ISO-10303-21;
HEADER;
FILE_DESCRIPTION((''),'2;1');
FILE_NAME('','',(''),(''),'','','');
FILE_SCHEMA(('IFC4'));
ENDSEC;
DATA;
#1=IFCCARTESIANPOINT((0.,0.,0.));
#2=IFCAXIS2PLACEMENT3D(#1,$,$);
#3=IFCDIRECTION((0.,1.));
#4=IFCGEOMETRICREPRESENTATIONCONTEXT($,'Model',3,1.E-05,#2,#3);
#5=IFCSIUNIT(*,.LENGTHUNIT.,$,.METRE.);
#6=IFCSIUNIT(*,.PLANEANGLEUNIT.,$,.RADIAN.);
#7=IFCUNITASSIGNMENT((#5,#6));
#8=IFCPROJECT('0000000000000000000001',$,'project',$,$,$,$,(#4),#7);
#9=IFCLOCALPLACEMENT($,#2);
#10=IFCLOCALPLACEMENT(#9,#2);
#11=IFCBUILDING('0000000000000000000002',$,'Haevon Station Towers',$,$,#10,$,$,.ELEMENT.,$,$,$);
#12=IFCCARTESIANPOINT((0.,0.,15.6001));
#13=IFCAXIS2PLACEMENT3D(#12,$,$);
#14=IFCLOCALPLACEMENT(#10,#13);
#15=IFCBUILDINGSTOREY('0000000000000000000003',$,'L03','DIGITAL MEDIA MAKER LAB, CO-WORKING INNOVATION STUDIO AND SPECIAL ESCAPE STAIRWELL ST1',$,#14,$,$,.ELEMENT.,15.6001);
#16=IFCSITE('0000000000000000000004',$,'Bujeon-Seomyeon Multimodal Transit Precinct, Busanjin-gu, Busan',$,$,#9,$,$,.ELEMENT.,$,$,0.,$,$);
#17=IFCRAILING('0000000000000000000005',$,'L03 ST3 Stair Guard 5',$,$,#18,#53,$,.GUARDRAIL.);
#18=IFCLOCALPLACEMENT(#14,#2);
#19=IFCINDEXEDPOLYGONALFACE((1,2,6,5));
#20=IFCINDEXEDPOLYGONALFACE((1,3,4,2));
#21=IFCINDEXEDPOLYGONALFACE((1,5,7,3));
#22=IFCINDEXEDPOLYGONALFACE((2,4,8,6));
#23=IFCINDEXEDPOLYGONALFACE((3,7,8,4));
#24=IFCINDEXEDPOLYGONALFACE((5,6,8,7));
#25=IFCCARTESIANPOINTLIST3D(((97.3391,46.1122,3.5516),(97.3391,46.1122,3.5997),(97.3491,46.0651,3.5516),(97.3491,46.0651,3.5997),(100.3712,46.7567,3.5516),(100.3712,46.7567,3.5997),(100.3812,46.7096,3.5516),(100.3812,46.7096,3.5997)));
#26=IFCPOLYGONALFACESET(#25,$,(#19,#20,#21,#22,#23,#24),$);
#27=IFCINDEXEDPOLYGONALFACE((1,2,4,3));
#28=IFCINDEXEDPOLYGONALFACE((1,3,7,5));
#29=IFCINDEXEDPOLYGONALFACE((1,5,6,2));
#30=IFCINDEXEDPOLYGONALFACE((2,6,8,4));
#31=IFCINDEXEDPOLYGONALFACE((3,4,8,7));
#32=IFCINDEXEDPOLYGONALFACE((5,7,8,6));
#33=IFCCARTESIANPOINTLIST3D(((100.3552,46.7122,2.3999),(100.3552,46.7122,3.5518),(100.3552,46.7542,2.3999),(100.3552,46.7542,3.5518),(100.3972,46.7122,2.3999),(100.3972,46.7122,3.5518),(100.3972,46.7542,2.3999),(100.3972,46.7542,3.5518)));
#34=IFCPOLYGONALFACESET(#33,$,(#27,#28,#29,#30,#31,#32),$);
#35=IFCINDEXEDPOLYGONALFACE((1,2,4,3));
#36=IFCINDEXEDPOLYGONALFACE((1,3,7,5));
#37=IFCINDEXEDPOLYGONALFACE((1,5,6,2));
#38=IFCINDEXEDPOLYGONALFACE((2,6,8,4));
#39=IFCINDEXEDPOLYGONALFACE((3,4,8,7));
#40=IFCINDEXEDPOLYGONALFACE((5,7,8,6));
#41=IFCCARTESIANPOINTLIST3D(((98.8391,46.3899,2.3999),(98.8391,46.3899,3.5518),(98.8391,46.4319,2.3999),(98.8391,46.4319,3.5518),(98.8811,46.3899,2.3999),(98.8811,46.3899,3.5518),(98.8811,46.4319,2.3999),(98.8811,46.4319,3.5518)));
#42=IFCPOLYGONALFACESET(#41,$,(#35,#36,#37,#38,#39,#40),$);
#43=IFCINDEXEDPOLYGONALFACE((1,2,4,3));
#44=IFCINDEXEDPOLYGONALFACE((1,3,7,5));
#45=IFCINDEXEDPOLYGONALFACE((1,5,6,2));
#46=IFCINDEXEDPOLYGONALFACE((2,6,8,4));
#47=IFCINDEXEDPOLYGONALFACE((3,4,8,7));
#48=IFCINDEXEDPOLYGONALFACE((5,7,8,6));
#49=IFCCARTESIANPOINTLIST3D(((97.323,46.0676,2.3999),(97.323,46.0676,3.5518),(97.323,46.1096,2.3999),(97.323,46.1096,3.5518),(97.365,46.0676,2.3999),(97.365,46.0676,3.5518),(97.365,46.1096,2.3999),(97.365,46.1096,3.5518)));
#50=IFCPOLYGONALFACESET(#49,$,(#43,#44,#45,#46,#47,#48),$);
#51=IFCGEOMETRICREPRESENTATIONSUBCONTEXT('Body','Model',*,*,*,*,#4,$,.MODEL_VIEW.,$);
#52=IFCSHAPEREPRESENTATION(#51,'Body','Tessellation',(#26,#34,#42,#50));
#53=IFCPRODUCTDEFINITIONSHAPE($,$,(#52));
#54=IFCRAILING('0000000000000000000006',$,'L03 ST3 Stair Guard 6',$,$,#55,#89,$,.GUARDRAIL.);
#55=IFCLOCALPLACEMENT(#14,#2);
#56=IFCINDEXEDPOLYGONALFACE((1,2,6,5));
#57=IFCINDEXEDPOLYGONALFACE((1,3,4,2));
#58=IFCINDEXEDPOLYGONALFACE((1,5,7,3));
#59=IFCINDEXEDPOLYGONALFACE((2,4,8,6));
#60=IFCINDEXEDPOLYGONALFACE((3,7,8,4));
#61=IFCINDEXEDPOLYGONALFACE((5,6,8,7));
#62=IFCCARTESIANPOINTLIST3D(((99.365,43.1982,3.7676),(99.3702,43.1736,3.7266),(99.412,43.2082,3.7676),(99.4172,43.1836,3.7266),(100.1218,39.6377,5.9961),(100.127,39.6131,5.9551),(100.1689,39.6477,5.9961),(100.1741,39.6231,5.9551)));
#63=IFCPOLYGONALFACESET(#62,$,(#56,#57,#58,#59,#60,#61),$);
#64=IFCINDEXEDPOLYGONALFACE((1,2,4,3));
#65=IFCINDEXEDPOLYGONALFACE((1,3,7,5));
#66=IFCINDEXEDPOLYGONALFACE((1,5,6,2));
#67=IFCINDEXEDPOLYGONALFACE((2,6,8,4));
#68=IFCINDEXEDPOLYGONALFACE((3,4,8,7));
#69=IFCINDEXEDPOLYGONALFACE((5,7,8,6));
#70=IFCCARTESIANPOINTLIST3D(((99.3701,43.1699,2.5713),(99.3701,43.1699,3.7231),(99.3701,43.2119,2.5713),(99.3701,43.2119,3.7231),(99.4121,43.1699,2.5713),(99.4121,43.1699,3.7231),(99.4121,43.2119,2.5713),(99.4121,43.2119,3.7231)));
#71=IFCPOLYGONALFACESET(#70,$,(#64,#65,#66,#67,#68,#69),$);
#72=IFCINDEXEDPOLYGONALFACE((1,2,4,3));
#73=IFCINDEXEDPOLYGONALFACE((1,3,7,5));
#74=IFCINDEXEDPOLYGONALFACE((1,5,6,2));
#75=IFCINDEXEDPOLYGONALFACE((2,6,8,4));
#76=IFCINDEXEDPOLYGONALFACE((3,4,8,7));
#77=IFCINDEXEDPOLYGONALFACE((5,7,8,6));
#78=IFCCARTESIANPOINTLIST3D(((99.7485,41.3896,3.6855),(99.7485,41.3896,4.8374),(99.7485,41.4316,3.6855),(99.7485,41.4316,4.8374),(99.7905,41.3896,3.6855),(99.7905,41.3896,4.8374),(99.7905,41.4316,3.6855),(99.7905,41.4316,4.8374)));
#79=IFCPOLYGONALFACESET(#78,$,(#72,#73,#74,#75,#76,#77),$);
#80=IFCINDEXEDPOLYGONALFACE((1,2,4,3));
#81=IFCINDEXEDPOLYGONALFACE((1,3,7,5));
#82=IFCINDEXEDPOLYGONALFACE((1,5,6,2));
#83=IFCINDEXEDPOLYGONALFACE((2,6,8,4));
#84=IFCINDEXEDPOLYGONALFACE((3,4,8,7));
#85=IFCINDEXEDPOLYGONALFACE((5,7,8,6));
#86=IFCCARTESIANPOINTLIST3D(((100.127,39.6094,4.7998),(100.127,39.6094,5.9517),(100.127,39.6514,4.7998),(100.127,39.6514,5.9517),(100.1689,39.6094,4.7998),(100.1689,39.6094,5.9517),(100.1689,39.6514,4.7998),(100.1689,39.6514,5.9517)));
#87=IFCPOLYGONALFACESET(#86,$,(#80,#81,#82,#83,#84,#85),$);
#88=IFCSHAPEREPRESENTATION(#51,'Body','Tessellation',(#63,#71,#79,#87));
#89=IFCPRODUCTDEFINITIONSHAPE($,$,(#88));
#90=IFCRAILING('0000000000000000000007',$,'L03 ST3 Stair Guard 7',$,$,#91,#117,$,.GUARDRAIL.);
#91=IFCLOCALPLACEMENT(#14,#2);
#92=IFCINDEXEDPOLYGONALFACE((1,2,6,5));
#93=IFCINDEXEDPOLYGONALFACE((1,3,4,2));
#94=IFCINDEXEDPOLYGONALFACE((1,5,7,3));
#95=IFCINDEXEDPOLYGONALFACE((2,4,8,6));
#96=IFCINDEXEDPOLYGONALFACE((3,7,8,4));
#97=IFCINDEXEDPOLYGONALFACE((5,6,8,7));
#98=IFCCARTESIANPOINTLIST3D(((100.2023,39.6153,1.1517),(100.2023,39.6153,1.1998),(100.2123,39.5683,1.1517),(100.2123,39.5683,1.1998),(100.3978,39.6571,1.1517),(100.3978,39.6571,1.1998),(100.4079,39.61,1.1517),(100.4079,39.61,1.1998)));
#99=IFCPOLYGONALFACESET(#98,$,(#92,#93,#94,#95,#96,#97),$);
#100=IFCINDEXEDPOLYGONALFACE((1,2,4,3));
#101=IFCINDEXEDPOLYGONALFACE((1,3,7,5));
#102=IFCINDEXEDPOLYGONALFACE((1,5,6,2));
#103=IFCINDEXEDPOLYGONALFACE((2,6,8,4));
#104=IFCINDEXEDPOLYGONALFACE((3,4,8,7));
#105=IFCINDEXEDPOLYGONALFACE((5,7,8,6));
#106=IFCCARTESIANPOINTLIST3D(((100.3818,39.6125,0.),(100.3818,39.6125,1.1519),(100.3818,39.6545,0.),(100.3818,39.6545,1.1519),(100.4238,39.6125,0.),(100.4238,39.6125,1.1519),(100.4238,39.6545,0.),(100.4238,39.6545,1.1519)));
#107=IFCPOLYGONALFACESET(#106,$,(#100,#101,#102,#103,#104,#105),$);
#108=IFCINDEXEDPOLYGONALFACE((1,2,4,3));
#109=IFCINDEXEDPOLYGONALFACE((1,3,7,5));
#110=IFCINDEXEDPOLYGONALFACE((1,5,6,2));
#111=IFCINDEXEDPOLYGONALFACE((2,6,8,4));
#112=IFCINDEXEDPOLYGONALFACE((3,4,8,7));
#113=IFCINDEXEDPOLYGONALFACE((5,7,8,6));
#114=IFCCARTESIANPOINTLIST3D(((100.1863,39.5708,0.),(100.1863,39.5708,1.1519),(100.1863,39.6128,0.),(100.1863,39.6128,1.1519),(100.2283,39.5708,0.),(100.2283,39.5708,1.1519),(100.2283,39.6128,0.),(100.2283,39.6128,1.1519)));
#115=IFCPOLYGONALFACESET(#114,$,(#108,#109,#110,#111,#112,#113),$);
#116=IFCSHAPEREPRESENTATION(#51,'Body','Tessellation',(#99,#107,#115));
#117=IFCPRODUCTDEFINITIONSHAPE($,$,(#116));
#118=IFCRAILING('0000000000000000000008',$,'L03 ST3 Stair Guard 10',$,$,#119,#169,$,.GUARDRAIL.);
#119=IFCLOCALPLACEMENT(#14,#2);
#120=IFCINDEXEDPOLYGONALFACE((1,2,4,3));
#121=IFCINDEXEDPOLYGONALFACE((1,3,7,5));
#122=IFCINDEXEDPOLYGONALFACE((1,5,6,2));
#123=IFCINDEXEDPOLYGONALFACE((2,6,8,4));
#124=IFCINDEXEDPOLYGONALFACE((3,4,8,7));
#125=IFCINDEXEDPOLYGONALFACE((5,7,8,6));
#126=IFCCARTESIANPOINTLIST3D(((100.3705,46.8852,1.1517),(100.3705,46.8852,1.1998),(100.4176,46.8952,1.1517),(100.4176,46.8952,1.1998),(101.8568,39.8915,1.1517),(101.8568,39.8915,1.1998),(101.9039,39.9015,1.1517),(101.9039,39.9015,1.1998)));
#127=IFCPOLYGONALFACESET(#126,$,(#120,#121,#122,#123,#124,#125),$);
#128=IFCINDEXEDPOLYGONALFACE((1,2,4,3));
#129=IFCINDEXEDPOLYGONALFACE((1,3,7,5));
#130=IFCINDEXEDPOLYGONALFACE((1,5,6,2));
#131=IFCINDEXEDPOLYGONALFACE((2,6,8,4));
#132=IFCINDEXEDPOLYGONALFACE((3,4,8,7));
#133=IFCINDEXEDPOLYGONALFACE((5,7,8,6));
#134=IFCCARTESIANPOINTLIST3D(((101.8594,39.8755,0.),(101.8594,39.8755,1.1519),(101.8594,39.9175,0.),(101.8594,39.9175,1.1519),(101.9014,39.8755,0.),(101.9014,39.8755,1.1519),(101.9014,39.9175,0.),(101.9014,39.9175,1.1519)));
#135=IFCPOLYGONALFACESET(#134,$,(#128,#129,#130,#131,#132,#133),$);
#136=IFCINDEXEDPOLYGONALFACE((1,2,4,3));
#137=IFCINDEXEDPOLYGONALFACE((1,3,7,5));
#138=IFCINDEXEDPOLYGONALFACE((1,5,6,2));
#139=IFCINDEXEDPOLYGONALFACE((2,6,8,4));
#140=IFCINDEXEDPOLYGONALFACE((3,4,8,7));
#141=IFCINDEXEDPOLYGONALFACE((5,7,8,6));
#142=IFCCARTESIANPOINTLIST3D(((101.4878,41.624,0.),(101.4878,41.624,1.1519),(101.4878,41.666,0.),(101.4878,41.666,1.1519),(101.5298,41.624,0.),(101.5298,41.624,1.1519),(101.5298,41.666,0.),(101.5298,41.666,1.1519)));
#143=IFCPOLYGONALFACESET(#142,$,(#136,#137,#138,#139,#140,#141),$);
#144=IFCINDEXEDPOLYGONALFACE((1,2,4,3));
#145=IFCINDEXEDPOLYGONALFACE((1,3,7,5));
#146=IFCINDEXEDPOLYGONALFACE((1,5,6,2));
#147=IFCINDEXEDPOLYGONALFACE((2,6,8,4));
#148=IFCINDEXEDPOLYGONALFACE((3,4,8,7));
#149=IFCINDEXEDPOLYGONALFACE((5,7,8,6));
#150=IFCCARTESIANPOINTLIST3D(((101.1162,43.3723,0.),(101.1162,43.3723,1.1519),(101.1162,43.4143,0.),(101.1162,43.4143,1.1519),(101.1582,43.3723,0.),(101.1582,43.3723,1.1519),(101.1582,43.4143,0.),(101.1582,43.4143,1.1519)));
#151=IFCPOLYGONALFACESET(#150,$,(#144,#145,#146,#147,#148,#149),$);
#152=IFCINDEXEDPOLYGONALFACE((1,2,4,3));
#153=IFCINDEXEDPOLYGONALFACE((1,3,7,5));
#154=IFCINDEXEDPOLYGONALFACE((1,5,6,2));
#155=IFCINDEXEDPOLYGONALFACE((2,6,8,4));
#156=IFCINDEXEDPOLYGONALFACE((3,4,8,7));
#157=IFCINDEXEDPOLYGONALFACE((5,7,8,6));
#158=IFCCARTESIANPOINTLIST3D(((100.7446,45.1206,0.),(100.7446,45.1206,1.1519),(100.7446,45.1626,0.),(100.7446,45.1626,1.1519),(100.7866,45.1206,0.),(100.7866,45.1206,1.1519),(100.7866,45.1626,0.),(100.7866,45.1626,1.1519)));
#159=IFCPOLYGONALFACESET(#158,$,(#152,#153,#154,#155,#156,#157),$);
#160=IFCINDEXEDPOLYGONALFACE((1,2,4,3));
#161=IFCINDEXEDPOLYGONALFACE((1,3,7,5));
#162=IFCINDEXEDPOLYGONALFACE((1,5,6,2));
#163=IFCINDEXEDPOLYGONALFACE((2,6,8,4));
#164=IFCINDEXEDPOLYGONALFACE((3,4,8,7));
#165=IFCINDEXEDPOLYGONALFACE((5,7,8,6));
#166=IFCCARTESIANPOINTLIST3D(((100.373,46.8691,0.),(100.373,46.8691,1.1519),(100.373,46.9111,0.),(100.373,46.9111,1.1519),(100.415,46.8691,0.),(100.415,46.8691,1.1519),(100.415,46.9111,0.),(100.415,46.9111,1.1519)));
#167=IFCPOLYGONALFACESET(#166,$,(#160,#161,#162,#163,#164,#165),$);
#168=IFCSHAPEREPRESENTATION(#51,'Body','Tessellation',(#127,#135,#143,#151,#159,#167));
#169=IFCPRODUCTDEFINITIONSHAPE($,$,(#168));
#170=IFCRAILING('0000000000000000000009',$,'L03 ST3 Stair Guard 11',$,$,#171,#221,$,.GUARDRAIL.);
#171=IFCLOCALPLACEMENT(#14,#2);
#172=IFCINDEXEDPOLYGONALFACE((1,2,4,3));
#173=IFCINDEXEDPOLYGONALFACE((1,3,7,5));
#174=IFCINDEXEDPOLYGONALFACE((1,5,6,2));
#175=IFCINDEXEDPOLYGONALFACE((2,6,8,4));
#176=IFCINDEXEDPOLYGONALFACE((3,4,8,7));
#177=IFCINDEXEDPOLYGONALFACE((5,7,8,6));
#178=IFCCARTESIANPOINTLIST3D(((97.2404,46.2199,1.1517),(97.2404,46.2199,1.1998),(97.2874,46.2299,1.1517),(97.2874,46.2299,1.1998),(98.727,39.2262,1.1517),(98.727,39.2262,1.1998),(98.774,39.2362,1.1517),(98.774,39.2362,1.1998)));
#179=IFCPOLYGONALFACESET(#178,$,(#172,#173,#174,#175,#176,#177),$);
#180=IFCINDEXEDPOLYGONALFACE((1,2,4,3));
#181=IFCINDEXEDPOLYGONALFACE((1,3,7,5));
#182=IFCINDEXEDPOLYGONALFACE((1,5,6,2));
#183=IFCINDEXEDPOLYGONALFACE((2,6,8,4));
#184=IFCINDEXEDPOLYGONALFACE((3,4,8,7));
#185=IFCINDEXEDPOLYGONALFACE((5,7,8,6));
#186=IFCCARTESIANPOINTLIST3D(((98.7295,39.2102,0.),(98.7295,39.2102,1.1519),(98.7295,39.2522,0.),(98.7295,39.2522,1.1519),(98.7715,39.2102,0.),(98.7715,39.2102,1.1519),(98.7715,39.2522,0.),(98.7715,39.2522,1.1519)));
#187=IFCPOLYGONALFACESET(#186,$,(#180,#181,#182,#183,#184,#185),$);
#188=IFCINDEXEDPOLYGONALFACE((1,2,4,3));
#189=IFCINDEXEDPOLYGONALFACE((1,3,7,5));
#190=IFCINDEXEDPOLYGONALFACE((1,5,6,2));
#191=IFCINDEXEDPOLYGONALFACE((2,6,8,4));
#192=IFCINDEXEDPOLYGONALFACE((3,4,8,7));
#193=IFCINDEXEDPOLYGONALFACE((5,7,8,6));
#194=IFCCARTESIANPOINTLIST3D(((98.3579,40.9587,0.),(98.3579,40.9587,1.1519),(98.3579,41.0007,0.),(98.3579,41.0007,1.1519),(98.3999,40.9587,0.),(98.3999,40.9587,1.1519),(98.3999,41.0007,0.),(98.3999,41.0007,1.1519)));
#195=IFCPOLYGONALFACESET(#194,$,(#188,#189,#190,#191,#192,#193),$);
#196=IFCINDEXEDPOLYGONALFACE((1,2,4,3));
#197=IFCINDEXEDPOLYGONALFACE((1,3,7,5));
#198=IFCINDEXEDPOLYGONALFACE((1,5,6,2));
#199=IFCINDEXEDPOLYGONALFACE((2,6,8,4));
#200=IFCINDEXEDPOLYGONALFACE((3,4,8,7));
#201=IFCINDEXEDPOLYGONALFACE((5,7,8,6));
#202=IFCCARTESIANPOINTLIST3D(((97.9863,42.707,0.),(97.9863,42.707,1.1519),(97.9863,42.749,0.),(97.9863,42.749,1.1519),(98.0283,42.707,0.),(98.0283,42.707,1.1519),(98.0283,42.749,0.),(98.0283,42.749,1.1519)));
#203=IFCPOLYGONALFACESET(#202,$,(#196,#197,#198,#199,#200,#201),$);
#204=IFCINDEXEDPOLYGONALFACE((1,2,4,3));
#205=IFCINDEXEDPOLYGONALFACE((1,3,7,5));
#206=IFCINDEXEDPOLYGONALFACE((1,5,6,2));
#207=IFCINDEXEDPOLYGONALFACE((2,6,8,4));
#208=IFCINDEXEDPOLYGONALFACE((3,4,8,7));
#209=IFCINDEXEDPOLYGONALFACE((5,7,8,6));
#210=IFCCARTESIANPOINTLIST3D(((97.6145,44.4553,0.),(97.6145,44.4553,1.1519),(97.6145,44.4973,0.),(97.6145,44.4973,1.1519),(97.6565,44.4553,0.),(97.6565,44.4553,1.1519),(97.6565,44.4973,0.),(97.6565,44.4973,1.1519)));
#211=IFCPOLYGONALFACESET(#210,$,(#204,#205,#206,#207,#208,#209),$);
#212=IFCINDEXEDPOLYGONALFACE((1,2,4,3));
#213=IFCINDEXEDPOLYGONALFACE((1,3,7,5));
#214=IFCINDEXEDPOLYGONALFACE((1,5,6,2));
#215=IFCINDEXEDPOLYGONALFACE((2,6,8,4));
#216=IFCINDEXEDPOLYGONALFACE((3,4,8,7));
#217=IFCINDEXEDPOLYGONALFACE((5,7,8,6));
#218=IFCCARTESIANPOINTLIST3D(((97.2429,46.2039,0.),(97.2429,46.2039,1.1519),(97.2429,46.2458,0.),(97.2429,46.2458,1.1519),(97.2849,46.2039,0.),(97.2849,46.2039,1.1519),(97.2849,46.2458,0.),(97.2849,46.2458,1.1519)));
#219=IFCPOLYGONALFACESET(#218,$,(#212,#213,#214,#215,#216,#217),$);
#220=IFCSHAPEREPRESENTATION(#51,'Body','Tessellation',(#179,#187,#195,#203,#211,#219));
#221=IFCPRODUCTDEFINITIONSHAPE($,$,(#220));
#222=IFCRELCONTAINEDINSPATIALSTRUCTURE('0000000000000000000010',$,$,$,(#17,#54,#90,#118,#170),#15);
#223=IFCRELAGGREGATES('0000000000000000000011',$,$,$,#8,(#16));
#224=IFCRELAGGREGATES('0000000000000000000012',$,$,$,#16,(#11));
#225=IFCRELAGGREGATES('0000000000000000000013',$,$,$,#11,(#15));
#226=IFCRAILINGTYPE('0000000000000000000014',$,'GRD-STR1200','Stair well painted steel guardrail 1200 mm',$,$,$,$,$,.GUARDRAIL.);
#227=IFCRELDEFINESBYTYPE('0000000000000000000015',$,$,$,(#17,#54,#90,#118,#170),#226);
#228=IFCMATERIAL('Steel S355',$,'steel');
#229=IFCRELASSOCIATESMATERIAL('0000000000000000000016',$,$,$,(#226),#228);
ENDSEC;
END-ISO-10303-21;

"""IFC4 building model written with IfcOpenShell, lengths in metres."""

from ifc_helpers import new_model, si_unit, direction, frame, origin, origin_2d, place, context, subcontext, project, spatial, rectangle, extrude, material, type_object, element, save


model = new_model("IFC4")

# Units and contexts
model_context = context("Model", 3, precision=1e-05, world=origin(), true_north=direction((0.0, 1.0)))
body_context = subcontext(model_context, "Body", "Model", "MODEL_VIEW")
ifc_project = project(units=[si_unit("LENGTHUNIT", "METRE"), si_unit("PLANEANGLEUNIT", "RADIAN")], contexts=[model_context])

# Site, building, storey
site_placement = place(None, origin())
site = spatial("IfcSite", under=ifc_project, at=site_placement, Name="Bujeon-Seomyeon Multimodal Transit Precinct, Busanjin-gu, Busan", CompositionType="ELEMENT", RefElevation=0.0)
building_placement = place(site_placement, origin())
building = spatial("IfcBuilding", under=site, at=building_placement, Name="Haevon Station Towers", CompositionType="ELEMENT")
storey_placement = place(building_placement, frame((0.0, 0.0, 15.6001)))
storey = spatial("IfcBuildingStorey", under=building, at=storey_placement, Name="L03", Description="DIGITAL MEDIA MAKER LAB, CO-WORKING INNOVATION STUDIO AND SPECIAL ESCAPE STAIRWELL ST1", CompositionType="ELEMENT", Elevation=15.6001)

# Shared definitions
ifc_material_1 = material(Name="Steel S355", Category="steel")

# Railings
railing_type_1 = type_object("IfcRailingType", Name="GRD-STR1200", Description="Stair well painted steel guardrail 1200 mm", PredefinedType="GUARDRAIL", material=ifc_material_1)
railing_1_placement = place(storey_placement, frame((100.3762, 46.7332, 2.3999)))
element("IfcRailing", 1, at=railing_1_placement, inside=storey, type_object=railing_type_1, Name="L03 ST3 Stair Guard 5", PredefinedType="GUARDRAIL", context=body_context, shape_type="SweptSolid", body=[
    extrude(rectangle(XDim=0.0481, YDim=0.0481, at=origin_2d()), frame((0.0, 0.0, 1.1758), z_axis=(-0.978147, -0.207915, 0.0), x_axis=(0.207915, -0.978147, 0.0)), (0.0, 0.0, 1.0), 3.0999),
    extrude(rectangle(XDim=0.042, YDim=0.042, at=origin_2d()), origin(), (0.0, 0.0, 1.0), 1.1519),
    extrude(rectangle(XDim=0.042, YDim=0.042, at=origin_2d()), frame((-1.5161, -0.3223, 0.0)), (0.0, 0.0, 1.0), 1.1519),
    extrude(rectangle(XDim=0.042, YDim=0.042, at=origin_2d()), frame((-3.0322, -0.6445, 0.0)), (0.0, 0.0, 1.0), 1.1519),
])
railing_2_placement = place(storey_placement, frame((99.3911, 43.1909, 2.5713)))
element("IfcRailing", 2, at=railing_2_placement, inside=storey, type_object=railing_type_1, Name="L03 ST3 Stair Guard 6", PredefinedType="GUARDRAIL", context=body_context, shape_type="SweptSolid", body=[
    extrude(rectangle(XDim=0.0481, YDim=0.0481, at=origin_2d()), frame((0.0, 0.0, 1.1758), z_axis=(0.177324, -0.834225, 0.522134), x_axis=(0.978147, 0.207917, 0.0)), (0.0, 0.0, 1.0), 4.2681),
    extrude(rectangle(XDim=0.042, YDim=0.042, at=origin_2d()), origin(), (0.0, 0.0, 1.0), 1.1519),
    extrude(rectangle(XDim=0.042, YDim=0.042, at=origin_2d()), frame((0.3784, -1.7803, 1.1143)), (0.0, 0.0, 1.0), 1.1519),
    extrude(rectangle(XDim=0.042, YDim=0.042, at=origin_2d()), frame((0.7568, -3.5605, 2.2285)), (0.0, 0.0, 1.0), 1.1519),
])
railing_3_placement = place(storey_placement, frame((100.4028, 39.6335, 0.0)))
element("IfcRailing", 3, at=railing_3_placement, inside=storey, type_object=railing_type_1, Name="L03 ST3 Stair Guard 7", PredefinedType="GUARDRAIL", context=body_context, shape_type="SweptSolid", body=[
    extrude(rectangle(XDim=0.0481, YDim=0.0481, at=origin_2d()), frame((0.0, 0.0, 1.1758), z_axis=(-0.977963, -0.208779, 0.0), x_axis=(0.208779, -0.977963, 0.0)), (0.0, 0.0, 1.0), 0.2),
    extrude(rectangle(XDim=0.042, YDim=0.042, at=origin_2d()), origin(), (0.0, 0.0, 1.0), 1.1519),
    extrude(rectangle(XDim=0.042, YDim=0.042, at=origin_2d()), frame((-0.1956, -0.0417, 0.0)), (0.0, 0.0, 1.0), 1.1519),
])
railing_4_placement = place(storey_placement, frame((101.8804, 39.8965, 0.0)))
element("IfcRailing", 4, at=railing_4_placement, inside=storey, type_object=railing_type_1, Name="L03 ST3 Stair Guard 10", PredefinedType="GUARDRAIL", context=body_context, shape_type="SweptSolid", body=[
    extrude(rectangle(XDim=0.0481, YDim=0.0481, at=origin_2d()), frame((0.0, 0.0, 1.1758), z_axis=(-0.207882, 0.978154, 0.0), x_axis=(-0.978154, -0.207882, 0.0)), (0.0, 0.0, 1.0), 7.1499),
    extrude(rectangle(XDim=0.042, YDim=0.042, at=origin_2d()), origin(), (0.0, 0.0, 1.0), 1.1519),
    extrude(rectangle(XDim=0.042, YDim=0.042, at=origin_2d()), frame((-0.3716, 1.7485, 0.0)), (0.0, 0.0, 1.0), 1.1519),
    extrude(rectangle(XDim=0.042, YDim=0.042, at=origin_2d()), frame((-0.7432, 3.4968, 0.0)), (0.0, 0.0, 1.0), 1.1519),
    extrude(rectangle(XDim=0.042, YDim=0.042, at=origin_2d()), frame((-1.1147, 5.2451, 0.0)), (0.0, 0.0, 1.0), 1.1519),
    extrude(rectangle(XDim=0.042, YDim=0.042, at=origin_2d()), frame((-1.4863, 6.9937, 0.0)), (0.0, 0.0, 1.0), 1.1519),
])
railing_5_placement = place(storey_placement, frame((98.7505, 39.2312, 0.0)))
element("IfcRailing", 5, at=railing_5_placement, inside=storey, type_object=railing_type_1, Name="L03 ST3 Stair Guard 11", PredefinedType="GUARDRAIL", context=body_context, shape_type="SweptSolid", body=[
    extrude(rectangle(XDim=0.0481, YDim=0.0481, at=origin_2d()), frame((0.0, 0.0, 1.1758), z_axis=(-0.207915, 0.978147, 0.0), x_axis=(-0.978147, -0.207915, 0.0)), (0.0, 0.0, 1.0), 7.1499),
    extrude(rectangle(XDim=0.042, YDim=0.042, at=origin_2d()), origin(), (0.0, 0.0, 1.0), 1.1519),
    extrude(rectangle(XDim=0.042, YDim=0.042, at=origin_2d()), frame((-0.3716, 1.7485, 0.0)), (0.0, 0.0, 1.0), 1.1519),
    extrude(rectangle(XDim=0.042, YDim=0.042, at=origin_2d()), frame((-0.7432, 3.4968, 0.0)), (0.0, 0.0, 1.0), 1.1519),
    extrude(rectangle(XDim=0.042, YDim=0.042, at=origin_2d()), frame((-1.115, 5.2451, 0.0)), (0.0, 0.0, 1.0), 1.1519),
    extrude(rectangle(XDim=0.042, YDim=0.042, at=origin_2d()), frame((-1.4866, 6.9937, 0.0)), (0.0, 0.0, 1.0), 1.1519),
])

save(model, "model.ifc")
